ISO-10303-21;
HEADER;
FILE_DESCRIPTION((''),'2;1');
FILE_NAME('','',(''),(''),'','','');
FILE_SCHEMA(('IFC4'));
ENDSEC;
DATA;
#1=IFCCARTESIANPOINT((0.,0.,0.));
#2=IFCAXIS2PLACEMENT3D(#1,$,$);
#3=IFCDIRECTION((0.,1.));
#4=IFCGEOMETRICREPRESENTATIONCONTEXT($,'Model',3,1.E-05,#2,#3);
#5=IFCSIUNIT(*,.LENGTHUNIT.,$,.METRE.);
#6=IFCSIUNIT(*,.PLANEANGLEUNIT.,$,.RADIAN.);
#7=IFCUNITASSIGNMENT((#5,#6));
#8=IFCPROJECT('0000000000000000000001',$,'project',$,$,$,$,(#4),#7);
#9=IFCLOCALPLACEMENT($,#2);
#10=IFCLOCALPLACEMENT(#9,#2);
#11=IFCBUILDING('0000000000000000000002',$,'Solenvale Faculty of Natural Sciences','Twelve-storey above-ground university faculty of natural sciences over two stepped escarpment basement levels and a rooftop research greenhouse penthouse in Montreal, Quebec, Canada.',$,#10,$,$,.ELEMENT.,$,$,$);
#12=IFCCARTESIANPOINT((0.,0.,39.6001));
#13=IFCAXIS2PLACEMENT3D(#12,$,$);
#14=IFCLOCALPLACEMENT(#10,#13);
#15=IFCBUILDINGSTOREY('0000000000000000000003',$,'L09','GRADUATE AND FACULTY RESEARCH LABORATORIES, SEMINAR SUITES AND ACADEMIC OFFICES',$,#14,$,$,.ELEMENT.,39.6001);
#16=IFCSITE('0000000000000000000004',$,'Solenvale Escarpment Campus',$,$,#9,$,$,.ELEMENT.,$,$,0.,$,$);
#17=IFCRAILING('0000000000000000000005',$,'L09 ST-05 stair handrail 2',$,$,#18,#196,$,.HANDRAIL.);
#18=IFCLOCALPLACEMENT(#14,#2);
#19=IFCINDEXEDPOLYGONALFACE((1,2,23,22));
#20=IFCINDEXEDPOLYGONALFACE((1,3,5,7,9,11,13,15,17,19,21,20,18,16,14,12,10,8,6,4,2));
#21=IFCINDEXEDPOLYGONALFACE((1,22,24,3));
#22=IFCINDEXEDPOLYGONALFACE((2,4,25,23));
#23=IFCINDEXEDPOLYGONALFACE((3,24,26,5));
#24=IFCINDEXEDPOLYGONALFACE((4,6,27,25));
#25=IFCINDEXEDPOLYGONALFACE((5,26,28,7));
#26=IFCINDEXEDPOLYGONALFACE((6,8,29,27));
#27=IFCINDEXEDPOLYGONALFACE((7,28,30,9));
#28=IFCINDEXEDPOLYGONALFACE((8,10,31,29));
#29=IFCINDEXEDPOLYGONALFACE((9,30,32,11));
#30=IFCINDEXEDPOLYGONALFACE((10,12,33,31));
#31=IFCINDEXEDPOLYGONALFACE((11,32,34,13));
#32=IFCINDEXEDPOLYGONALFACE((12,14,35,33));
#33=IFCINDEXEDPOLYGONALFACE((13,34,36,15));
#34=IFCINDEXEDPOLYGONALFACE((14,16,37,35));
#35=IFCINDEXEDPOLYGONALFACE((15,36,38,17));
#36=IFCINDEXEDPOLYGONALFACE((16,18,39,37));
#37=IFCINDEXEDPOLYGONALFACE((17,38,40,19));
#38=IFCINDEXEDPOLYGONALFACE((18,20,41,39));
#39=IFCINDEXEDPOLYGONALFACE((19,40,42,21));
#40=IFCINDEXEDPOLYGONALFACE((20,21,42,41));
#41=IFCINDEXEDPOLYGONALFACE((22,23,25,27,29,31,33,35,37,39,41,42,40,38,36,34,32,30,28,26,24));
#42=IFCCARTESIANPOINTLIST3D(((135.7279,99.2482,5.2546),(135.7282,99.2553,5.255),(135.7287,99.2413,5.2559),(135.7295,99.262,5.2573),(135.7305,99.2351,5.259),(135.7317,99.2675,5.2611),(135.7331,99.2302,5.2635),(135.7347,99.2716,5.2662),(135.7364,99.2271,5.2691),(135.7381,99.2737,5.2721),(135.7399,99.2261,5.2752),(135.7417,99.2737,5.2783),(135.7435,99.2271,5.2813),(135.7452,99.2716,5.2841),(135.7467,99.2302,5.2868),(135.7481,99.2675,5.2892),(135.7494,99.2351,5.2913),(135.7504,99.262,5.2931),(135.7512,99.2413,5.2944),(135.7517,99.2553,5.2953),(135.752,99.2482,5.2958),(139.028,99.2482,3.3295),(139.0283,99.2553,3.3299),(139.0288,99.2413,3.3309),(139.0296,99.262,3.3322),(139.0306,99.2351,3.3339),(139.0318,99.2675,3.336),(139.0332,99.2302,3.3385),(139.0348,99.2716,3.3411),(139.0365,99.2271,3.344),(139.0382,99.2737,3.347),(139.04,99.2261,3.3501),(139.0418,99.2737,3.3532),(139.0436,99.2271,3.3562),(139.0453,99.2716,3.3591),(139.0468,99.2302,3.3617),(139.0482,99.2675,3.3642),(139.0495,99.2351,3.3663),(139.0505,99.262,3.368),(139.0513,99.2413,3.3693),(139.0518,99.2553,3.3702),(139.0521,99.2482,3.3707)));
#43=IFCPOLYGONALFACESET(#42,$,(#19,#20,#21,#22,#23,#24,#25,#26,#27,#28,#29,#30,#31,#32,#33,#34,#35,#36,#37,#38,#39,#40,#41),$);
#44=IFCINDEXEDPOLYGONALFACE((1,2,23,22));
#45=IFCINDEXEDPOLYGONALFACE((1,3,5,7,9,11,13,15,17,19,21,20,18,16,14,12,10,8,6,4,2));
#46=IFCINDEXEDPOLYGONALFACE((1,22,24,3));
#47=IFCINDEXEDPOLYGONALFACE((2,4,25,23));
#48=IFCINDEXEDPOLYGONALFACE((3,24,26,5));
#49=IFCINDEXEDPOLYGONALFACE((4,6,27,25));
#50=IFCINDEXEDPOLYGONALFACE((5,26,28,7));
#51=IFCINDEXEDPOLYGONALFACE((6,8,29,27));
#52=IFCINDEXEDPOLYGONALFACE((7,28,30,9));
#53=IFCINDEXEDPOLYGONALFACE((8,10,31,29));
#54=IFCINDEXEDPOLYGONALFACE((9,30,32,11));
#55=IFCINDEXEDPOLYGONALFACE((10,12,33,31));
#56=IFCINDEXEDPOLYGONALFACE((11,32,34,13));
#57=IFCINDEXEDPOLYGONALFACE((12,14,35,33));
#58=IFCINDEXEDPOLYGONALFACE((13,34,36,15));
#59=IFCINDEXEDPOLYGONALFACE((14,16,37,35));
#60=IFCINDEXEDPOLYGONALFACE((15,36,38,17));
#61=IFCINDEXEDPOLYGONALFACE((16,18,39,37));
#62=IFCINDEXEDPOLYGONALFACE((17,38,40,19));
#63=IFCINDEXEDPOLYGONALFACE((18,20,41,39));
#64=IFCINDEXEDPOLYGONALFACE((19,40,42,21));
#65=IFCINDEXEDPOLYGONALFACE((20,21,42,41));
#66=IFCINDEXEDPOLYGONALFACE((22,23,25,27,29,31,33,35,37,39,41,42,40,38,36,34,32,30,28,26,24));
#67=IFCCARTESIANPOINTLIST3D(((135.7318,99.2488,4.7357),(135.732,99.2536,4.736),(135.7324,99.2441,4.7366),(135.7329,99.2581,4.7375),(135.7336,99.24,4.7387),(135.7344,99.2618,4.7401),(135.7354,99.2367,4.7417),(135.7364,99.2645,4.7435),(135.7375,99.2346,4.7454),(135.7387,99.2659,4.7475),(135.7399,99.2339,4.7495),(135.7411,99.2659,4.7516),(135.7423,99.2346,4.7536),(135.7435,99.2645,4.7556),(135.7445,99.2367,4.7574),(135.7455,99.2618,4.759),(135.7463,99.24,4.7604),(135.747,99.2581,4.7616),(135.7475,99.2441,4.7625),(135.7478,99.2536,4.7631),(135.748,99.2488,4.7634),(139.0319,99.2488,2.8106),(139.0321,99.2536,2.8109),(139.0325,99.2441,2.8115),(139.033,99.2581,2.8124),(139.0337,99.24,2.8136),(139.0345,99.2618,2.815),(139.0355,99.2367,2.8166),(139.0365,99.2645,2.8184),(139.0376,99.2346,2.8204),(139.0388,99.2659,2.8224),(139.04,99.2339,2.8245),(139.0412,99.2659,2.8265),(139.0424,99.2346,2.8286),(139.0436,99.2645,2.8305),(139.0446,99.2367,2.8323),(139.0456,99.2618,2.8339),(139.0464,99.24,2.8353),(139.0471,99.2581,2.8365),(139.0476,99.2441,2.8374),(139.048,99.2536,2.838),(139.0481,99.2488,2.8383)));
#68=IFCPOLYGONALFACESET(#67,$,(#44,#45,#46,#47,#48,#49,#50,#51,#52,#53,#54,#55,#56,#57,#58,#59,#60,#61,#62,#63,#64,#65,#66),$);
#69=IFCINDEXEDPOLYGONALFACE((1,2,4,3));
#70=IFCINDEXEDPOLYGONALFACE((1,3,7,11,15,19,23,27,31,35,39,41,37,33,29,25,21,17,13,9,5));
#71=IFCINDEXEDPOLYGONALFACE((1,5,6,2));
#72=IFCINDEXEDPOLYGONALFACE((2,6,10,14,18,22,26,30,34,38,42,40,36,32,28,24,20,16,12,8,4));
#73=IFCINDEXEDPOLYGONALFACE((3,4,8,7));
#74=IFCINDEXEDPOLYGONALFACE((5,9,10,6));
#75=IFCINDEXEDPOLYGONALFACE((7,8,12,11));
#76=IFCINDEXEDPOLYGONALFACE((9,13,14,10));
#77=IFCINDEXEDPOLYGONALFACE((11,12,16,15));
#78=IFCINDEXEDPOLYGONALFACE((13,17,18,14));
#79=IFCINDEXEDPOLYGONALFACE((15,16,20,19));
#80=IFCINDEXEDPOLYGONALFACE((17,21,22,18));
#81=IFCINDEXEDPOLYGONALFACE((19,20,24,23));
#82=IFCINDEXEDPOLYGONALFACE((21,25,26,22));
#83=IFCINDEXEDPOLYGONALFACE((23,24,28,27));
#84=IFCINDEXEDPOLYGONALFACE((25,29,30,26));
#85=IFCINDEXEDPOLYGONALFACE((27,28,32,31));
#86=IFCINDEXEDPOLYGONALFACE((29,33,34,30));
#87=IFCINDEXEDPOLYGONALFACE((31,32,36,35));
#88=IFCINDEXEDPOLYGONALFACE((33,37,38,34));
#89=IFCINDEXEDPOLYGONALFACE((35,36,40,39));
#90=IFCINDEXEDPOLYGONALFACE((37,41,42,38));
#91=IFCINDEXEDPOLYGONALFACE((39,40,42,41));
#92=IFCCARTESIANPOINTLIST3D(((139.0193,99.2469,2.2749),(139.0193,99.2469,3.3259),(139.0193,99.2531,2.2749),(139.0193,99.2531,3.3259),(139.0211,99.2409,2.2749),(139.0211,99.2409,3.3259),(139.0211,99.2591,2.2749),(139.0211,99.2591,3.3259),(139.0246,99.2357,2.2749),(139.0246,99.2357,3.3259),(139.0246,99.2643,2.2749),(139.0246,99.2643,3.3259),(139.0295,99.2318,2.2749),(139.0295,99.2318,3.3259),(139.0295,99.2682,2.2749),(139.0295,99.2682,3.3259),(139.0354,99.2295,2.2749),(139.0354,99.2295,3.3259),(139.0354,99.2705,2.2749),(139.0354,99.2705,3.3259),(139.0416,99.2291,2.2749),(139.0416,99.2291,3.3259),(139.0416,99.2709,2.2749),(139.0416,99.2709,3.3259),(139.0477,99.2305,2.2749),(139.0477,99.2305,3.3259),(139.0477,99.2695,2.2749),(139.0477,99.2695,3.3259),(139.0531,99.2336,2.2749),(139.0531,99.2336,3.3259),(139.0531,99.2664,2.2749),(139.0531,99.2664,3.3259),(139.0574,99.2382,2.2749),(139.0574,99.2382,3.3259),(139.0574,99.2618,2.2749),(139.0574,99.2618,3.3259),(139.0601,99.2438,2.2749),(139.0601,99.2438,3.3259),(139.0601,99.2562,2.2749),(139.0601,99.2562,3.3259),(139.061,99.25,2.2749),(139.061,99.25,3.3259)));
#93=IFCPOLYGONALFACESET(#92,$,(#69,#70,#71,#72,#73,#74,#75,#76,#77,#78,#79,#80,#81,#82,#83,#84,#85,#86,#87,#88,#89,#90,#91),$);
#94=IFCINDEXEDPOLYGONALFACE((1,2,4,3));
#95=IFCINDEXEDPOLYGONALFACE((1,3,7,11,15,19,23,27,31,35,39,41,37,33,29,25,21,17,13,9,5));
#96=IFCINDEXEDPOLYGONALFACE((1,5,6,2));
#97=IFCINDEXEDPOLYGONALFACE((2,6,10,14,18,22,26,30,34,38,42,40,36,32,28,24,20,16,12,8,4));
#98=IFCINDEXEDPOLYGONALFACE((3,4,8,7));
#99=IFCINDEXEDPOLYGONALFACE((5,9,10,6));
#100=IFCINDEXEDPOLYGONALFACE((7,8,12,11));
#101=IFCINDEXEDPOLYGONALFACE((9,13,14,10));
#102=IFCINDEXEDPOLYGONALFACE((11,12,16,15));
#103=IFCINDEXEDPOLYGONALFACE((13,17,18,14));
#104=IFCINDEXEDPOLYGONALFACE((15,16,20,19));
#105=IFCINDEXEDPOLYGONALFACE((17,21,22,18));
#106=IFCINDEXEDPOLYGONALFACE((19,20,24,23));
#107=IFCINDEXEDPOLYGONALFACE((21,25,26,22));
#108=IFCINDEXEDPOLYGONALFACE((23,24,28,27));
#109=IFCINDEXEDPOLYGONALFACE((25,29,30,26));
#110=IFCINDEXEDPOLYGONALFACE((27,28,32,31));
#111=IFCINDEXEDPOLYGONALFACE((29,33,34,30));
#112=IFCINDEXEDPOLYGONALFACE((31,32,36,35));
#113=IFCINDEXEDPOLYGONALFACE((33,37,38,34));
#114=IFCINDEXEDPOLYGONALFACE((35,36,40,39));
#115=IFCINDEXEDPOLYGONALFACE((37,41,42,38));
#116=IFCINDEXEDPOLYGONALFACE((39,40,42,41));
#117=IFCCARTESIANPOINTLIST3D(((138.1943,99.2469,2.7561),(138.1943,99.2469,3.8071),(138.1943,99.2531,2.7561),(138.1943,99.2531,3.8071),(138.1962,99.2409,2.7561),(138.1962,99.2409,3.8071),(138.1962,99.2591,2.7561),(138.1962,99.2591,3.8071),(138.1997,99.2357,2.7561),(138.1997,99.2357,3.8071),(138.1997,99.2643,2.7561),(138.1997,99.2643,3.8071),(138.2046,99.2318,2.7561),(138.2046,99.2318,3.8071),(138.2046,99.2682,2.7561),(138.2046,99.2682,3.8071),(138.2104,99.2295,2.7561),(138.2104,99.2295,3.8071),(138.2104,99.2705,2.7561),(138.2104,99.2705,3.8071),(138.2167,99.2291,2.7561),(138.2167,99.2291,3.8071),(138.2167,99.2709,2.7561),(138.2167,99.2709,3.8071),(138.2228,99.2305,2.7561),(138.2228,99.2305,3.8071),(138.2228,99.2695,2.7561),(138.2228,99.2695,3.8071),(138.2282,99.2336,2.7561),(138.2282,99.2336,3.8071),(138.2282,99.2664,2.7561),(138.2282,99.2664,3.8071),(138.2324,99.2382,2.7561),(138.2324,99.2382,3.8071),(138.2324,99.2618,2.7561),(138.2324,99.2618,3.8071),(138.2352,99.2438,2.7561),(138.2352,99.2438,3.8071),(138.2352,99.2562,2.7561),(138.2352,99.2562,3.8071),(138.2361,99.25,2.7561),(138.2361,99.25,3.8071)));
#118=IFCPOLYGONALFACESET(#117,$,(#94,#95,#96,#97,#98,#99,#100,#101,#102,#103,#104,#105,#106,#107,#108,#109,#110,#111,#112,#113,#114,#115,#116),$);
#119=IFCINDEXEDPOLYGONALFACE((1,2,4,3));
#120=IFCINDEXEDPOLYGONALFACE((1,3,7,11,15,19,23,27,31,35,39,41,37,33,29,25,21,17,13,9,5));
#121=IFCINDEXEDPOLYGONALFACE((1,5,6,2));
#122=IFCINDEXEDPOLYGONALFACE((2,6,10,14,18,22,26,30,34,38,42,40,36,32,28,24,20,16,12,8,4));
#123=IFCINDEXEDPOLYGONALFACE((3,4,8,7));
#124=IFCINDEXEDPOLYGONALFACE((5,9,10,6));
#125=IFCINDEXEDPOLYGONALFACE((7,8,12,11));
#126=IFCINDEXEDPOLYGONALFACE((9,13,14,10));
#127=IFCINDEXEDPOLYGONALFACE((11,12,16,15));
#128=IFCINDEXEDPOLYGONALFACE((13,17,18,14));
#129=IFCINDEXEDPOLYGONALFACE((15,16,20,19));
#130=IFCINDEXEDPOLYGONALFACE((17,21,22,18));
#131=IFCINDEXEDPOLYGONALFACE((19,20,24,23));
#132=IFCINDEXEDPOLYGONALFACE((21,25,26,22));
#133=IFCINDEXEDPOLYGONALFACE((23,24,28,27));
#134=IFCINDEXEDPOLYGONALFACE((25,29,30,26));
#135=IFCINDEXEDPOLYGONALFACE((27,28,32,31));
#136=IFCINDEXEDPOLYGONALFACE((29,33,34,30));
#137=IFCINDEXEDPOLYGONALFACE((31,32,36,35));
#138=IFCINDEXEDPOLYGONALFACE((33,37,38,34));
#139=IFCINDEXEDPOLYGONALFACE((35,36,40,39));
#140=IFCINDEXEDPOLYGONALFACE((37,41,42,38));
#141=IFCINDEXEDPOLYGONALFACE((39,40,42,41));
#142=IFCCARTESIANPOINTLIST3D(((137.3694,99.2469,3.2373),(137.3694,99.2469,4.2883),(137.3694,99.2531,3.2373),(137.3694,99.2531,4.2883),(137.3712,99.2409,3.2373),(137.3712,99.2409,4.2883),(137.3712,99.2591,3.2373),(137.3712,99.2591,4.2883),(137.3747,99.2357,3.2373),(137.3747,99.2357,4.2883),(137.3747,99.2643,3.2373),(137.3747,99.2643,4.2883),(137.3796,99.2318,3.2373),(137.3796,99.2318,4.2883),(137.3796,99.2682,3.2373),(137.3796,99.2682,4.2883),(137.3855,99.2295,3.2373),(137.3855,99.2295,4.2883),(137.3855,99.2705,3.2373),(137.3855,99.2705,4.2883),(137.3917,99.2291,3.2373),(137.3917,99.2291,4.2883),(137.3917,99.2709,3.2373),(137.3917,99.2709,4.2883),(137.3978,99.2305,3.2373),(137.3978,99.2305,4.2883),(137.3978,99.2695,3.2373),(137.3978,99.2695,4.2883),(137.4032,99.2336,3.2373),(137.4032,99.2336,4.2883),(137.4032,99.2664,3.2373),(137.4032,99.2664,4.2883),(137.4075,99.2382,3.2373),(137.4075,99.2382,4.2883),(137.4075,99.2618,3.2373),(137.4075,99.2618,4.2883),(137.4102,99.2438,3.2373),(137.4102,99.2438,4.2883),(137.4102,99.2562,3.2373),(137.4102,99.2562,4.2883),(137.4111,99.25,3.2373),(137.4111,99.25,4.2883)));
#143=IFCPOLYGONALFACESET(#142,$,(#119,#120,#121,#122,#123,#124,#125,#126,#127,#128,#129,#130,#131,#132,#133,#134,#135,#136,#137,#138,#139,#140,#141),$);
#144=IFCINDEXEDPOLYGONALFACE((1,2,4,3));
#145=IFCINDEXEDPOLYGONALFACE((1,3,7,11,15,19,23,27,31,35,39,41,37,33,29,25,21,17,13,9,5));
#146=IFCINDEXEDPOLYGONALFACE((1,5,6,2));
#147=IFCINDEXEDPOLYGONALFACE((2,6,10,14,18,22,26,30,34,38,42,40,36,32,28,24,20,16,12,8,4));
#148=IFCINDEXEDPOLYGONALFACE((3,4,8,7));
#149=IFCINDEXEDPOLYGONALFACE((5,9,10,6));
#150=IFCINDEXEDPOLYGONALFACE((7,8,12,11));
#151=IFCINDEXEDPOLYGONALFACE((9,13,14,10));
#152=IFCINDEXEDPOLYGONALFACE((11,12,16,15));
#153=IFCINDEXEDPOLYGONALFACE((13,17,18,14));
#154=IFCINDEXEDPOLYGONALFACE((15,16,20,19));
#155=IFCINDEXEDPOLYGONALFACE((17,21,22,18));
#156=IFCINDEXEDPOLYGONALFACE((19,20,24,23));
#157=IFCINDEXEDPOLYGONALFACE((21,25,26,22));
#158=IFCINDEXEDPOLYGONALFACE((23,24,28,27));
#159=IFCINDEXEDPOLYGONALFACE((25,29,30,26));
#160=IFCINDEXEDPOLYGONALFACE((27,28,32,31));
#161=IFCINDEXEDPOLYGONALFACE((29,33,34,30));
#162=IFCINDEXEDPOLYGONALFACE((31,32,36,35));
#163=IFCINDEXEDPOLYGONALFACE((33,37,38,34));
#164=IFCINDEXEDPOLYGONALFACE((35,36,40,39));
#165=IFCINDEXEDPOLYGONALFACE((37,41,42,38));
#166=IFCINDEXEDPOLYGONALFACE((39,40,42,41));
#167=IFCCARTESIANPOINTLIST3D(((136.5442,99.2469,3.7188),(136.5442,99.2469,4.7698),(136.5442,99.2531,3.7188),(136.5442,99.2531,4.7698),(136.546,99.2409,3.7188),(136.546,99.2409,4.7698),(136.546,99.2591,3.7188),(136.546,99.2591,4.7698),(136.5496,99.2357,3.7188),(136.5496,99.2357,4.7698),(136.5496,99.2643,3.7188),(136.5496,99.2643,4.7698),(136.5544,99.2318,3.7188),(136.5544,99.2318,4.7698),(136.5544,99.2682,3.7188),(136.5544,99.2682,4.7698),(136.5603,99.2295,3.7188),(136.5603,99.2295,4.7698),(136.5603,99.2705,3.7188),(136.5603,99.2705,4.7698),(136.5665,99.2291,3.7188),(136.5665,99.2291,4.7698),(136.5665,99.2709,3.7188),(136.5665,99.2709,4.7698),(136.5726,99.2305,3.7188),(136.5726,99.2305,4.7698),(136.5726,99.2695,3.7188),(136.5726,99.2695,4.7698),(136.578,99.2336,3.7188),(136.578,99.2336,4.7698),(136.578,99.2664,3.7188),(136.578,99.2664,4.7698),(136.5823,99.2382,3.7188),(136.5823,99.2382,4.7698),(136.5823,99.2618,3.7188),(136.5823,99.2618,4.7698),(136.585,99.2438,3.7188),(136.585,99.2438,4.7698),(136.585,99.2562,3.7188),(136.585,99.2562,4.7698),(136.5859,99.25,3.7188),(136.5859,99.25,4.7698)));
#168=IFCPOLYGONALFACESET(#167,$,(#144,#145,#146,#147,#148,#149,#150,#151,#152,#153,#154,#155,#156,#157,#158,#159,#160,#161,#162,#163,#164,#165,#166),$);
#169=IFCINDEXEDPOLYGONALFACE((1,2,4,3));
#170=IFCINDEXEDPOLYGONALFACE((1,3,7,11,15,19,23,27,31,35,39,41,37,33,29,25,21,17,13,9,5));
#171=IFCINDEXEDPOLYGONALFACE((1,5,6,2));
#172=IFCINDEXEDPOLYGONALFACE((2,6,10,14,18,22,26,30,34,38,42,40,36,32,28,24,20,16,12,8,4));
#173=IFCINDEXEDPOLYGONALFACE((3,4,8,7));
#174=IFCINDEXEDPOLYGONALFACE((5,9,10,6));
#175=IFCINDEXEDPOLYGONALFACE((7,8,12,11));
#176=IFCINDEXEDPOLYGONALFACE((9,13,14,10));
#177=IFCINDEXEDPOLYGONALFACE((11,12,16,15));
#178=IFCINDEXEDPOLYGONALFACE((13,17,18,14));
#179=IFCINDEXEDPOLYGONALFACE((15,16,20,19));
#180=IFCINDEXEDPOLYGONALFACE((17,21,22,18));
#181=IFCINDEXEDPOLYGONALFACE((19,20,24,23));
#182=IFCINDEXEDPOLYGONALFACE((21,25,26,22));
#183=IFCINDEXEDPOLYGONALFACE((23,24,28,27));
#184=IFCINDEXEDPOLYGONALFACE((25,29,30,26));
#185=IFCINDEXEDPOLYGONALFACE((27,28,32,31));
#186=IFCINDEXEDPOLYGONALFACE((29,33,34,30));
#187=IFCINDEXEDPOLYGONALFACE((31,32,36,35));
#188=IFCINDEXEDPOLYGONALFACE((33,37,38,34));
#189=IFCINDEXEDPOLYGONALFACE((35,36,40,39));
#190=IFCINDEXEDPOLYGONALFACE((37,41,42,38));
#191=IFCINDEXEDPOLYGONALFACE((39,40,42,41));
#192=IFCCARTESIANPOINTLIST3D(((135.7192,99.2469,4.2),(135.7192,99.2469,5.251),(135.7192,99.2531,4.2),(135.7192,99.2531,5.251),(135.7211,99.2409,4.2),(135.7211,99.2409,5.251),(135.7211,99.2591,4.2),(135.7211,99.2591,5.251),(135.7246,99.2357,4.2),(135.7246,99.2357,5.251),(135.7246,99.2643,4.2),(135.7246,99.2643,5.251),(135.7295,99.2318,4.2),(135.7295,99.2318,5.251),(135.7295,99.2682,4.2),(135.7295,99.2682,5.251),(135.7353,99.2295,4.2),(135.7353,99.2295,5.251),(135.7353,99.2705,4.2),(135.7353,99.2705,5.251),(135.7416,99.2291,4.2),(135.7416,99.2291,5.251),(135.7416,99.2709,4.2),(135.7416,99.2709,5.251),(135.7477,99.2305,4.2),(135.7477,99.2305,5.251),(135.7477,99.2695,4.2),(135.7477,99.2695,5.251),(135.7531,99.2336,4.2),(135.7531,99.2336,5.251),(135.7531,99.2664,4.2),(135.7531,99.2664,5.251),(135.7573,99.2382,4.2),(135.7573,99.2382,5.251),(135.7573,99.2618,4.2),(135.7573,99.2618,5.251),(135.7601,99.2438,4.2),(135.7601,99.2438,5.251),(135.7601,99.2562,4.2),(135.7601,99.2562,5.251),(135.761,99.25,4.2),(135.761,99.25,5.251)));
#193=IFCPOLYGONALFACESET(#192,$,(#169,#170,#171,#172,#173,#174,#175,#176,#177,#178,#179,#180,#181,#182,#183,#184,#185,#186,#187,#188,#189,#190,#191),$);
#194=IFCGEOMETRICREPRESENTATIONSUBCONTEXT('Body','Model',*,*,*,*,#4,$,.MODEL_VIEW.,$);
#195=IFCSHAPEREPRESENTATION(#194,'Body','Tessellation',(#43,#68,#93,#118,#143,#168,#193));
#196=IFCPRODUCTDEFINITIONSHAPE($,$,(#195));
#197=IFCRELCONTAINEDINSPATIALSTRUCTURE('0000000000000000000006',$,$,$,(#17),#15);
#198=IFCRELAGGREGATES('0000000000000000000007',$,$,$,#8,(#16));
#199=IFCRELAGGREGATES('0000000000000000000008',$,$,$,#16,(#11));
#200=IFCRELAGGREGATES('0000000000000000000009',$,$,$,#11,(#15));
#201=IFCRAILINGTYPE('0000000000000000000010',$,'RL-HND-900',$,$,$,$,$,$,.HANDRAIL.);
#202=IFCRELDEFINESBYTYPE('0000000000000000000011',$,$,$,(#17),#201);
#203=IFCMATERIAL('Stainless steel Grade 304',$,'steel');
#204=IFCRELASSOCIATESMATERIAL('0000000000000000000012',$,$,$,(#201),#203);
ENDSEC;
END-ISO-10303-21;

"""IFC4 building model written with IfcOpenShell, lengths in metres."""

from ifc_helpers import new_model, si_unit, direction, frame, origin, origin_2d, place, context, subcontext, project, spatial, circle, extrude, material, type_object, element, save


model = new_model("IFC4")

# Units and contexts
model_context = context("Model", 3, precision=1e-05, world=origin(), true_north=direction((0.0, 1.0)))
body_context = subcontext(model_context, "Body", "Model", "MODEL_VIEW")
ifc_project = project(units=[si_unit("LENGTHUNIT", "METRE"), si_unit("PLANEANGLEUNIT", "RADIAN")], contexts=[model_context])

# Site, building, storey
site_placement = place(None, origin())
site = spatial("IfcSite", under=ifc_project, at=site_placement, Name="Solenvale Escarpment Campus", CompositionType="ELEMENT", RefElevation=0.0)
building_placement = place(site_placement, origin())
building = spatial("IfcBuilding", under=site, at=building_placement, Name="Solenvale Faculty of Natural Sciences", Description="Twelve-storey above-ground university faculty of natural sciences over two stepped escarpment basement levels and a rooftop research greenhouse penthouse in Montreal, Quebec, Canada.", CompositionType="ELEMENT")
storey_placement = place(building_placement, frame((0.0, 0.0, 39.6001)))
storey = spatial("IfcBuildingStorey", under=building, at=storey_placement, Name="L09", Description="GRADUATE AND FACULTY RESEARCH LABORATORIES, SEMINAR SUITES AND ACADEMIC OFFICES", CompositionType="ELEMENT", Elevation=39.6001)

# Railing
ifc_material_1 = material(Name="Stainless steel Grade 304", Category="steel")
railing_type = type_object("IfcRailingType", Name="RL-HND-900", PredefinedType="HANDRAIL", material=ifc_material_1)
railing_placement = place(storey_placement, frame((139.04, 99.25, 2.2749)))
element("IfcRailing", 1, at=railing_placement, inside=storey, type_object=railing_type, Name="L09 ST-05 stair handrail 2", PredefinedType="HANDRAIL", context=body_context, shape_type="SweptSolid", body=[
    extrude(circle(Radius=0.0239, at=origin_2d()), frame((0.0, 0.0, 1.0752), z_axis=(-0.863777, 0.0, 0.503875), x_axis=(0.0, -1.0, 0.0)), (0.0, 0.0, 1.0), 3.8206),
    extrude(circle(Radius=0.0161, at=origin_2d()), frame((0.0, 0.0, 0.5496), z_axis=(-0.863777, 0.0, 0.503875), x_axis=(0.0, -1.0, 0.0)), (0.0, 0.0, 1.0), 3.8206),
    extrude(circle(Radius=0.021, at=origin_2d()), origin(), (0.0, 0.0, 1.0), 1.051),
    extrude(circle(Radius=0.021, at=origin_2d()), frame((-0.825, 0.0, 0.4812)), (0.0, 0.0, 1.0), 1.051),
    extrude(circle(Radius=0.021, at=origin_2d()), frame((-1.6499, 0.0, 0.9624)), (0.0, 0.0, 1.0), 1.051),
    extrude(circle(Radius=0.021, at=origin_2d()), frame((-2.4751, 0.0, 1.4438)), (0.0, 0.0, 1.0), 1.051),
    extrude(circle(Radius=0.021, at=origin_2d()), frame((-3.3, 0.0, 1.925)), (0.0, 0.0, 1.0), 1.051),
])

save(model, "model.ifc")
